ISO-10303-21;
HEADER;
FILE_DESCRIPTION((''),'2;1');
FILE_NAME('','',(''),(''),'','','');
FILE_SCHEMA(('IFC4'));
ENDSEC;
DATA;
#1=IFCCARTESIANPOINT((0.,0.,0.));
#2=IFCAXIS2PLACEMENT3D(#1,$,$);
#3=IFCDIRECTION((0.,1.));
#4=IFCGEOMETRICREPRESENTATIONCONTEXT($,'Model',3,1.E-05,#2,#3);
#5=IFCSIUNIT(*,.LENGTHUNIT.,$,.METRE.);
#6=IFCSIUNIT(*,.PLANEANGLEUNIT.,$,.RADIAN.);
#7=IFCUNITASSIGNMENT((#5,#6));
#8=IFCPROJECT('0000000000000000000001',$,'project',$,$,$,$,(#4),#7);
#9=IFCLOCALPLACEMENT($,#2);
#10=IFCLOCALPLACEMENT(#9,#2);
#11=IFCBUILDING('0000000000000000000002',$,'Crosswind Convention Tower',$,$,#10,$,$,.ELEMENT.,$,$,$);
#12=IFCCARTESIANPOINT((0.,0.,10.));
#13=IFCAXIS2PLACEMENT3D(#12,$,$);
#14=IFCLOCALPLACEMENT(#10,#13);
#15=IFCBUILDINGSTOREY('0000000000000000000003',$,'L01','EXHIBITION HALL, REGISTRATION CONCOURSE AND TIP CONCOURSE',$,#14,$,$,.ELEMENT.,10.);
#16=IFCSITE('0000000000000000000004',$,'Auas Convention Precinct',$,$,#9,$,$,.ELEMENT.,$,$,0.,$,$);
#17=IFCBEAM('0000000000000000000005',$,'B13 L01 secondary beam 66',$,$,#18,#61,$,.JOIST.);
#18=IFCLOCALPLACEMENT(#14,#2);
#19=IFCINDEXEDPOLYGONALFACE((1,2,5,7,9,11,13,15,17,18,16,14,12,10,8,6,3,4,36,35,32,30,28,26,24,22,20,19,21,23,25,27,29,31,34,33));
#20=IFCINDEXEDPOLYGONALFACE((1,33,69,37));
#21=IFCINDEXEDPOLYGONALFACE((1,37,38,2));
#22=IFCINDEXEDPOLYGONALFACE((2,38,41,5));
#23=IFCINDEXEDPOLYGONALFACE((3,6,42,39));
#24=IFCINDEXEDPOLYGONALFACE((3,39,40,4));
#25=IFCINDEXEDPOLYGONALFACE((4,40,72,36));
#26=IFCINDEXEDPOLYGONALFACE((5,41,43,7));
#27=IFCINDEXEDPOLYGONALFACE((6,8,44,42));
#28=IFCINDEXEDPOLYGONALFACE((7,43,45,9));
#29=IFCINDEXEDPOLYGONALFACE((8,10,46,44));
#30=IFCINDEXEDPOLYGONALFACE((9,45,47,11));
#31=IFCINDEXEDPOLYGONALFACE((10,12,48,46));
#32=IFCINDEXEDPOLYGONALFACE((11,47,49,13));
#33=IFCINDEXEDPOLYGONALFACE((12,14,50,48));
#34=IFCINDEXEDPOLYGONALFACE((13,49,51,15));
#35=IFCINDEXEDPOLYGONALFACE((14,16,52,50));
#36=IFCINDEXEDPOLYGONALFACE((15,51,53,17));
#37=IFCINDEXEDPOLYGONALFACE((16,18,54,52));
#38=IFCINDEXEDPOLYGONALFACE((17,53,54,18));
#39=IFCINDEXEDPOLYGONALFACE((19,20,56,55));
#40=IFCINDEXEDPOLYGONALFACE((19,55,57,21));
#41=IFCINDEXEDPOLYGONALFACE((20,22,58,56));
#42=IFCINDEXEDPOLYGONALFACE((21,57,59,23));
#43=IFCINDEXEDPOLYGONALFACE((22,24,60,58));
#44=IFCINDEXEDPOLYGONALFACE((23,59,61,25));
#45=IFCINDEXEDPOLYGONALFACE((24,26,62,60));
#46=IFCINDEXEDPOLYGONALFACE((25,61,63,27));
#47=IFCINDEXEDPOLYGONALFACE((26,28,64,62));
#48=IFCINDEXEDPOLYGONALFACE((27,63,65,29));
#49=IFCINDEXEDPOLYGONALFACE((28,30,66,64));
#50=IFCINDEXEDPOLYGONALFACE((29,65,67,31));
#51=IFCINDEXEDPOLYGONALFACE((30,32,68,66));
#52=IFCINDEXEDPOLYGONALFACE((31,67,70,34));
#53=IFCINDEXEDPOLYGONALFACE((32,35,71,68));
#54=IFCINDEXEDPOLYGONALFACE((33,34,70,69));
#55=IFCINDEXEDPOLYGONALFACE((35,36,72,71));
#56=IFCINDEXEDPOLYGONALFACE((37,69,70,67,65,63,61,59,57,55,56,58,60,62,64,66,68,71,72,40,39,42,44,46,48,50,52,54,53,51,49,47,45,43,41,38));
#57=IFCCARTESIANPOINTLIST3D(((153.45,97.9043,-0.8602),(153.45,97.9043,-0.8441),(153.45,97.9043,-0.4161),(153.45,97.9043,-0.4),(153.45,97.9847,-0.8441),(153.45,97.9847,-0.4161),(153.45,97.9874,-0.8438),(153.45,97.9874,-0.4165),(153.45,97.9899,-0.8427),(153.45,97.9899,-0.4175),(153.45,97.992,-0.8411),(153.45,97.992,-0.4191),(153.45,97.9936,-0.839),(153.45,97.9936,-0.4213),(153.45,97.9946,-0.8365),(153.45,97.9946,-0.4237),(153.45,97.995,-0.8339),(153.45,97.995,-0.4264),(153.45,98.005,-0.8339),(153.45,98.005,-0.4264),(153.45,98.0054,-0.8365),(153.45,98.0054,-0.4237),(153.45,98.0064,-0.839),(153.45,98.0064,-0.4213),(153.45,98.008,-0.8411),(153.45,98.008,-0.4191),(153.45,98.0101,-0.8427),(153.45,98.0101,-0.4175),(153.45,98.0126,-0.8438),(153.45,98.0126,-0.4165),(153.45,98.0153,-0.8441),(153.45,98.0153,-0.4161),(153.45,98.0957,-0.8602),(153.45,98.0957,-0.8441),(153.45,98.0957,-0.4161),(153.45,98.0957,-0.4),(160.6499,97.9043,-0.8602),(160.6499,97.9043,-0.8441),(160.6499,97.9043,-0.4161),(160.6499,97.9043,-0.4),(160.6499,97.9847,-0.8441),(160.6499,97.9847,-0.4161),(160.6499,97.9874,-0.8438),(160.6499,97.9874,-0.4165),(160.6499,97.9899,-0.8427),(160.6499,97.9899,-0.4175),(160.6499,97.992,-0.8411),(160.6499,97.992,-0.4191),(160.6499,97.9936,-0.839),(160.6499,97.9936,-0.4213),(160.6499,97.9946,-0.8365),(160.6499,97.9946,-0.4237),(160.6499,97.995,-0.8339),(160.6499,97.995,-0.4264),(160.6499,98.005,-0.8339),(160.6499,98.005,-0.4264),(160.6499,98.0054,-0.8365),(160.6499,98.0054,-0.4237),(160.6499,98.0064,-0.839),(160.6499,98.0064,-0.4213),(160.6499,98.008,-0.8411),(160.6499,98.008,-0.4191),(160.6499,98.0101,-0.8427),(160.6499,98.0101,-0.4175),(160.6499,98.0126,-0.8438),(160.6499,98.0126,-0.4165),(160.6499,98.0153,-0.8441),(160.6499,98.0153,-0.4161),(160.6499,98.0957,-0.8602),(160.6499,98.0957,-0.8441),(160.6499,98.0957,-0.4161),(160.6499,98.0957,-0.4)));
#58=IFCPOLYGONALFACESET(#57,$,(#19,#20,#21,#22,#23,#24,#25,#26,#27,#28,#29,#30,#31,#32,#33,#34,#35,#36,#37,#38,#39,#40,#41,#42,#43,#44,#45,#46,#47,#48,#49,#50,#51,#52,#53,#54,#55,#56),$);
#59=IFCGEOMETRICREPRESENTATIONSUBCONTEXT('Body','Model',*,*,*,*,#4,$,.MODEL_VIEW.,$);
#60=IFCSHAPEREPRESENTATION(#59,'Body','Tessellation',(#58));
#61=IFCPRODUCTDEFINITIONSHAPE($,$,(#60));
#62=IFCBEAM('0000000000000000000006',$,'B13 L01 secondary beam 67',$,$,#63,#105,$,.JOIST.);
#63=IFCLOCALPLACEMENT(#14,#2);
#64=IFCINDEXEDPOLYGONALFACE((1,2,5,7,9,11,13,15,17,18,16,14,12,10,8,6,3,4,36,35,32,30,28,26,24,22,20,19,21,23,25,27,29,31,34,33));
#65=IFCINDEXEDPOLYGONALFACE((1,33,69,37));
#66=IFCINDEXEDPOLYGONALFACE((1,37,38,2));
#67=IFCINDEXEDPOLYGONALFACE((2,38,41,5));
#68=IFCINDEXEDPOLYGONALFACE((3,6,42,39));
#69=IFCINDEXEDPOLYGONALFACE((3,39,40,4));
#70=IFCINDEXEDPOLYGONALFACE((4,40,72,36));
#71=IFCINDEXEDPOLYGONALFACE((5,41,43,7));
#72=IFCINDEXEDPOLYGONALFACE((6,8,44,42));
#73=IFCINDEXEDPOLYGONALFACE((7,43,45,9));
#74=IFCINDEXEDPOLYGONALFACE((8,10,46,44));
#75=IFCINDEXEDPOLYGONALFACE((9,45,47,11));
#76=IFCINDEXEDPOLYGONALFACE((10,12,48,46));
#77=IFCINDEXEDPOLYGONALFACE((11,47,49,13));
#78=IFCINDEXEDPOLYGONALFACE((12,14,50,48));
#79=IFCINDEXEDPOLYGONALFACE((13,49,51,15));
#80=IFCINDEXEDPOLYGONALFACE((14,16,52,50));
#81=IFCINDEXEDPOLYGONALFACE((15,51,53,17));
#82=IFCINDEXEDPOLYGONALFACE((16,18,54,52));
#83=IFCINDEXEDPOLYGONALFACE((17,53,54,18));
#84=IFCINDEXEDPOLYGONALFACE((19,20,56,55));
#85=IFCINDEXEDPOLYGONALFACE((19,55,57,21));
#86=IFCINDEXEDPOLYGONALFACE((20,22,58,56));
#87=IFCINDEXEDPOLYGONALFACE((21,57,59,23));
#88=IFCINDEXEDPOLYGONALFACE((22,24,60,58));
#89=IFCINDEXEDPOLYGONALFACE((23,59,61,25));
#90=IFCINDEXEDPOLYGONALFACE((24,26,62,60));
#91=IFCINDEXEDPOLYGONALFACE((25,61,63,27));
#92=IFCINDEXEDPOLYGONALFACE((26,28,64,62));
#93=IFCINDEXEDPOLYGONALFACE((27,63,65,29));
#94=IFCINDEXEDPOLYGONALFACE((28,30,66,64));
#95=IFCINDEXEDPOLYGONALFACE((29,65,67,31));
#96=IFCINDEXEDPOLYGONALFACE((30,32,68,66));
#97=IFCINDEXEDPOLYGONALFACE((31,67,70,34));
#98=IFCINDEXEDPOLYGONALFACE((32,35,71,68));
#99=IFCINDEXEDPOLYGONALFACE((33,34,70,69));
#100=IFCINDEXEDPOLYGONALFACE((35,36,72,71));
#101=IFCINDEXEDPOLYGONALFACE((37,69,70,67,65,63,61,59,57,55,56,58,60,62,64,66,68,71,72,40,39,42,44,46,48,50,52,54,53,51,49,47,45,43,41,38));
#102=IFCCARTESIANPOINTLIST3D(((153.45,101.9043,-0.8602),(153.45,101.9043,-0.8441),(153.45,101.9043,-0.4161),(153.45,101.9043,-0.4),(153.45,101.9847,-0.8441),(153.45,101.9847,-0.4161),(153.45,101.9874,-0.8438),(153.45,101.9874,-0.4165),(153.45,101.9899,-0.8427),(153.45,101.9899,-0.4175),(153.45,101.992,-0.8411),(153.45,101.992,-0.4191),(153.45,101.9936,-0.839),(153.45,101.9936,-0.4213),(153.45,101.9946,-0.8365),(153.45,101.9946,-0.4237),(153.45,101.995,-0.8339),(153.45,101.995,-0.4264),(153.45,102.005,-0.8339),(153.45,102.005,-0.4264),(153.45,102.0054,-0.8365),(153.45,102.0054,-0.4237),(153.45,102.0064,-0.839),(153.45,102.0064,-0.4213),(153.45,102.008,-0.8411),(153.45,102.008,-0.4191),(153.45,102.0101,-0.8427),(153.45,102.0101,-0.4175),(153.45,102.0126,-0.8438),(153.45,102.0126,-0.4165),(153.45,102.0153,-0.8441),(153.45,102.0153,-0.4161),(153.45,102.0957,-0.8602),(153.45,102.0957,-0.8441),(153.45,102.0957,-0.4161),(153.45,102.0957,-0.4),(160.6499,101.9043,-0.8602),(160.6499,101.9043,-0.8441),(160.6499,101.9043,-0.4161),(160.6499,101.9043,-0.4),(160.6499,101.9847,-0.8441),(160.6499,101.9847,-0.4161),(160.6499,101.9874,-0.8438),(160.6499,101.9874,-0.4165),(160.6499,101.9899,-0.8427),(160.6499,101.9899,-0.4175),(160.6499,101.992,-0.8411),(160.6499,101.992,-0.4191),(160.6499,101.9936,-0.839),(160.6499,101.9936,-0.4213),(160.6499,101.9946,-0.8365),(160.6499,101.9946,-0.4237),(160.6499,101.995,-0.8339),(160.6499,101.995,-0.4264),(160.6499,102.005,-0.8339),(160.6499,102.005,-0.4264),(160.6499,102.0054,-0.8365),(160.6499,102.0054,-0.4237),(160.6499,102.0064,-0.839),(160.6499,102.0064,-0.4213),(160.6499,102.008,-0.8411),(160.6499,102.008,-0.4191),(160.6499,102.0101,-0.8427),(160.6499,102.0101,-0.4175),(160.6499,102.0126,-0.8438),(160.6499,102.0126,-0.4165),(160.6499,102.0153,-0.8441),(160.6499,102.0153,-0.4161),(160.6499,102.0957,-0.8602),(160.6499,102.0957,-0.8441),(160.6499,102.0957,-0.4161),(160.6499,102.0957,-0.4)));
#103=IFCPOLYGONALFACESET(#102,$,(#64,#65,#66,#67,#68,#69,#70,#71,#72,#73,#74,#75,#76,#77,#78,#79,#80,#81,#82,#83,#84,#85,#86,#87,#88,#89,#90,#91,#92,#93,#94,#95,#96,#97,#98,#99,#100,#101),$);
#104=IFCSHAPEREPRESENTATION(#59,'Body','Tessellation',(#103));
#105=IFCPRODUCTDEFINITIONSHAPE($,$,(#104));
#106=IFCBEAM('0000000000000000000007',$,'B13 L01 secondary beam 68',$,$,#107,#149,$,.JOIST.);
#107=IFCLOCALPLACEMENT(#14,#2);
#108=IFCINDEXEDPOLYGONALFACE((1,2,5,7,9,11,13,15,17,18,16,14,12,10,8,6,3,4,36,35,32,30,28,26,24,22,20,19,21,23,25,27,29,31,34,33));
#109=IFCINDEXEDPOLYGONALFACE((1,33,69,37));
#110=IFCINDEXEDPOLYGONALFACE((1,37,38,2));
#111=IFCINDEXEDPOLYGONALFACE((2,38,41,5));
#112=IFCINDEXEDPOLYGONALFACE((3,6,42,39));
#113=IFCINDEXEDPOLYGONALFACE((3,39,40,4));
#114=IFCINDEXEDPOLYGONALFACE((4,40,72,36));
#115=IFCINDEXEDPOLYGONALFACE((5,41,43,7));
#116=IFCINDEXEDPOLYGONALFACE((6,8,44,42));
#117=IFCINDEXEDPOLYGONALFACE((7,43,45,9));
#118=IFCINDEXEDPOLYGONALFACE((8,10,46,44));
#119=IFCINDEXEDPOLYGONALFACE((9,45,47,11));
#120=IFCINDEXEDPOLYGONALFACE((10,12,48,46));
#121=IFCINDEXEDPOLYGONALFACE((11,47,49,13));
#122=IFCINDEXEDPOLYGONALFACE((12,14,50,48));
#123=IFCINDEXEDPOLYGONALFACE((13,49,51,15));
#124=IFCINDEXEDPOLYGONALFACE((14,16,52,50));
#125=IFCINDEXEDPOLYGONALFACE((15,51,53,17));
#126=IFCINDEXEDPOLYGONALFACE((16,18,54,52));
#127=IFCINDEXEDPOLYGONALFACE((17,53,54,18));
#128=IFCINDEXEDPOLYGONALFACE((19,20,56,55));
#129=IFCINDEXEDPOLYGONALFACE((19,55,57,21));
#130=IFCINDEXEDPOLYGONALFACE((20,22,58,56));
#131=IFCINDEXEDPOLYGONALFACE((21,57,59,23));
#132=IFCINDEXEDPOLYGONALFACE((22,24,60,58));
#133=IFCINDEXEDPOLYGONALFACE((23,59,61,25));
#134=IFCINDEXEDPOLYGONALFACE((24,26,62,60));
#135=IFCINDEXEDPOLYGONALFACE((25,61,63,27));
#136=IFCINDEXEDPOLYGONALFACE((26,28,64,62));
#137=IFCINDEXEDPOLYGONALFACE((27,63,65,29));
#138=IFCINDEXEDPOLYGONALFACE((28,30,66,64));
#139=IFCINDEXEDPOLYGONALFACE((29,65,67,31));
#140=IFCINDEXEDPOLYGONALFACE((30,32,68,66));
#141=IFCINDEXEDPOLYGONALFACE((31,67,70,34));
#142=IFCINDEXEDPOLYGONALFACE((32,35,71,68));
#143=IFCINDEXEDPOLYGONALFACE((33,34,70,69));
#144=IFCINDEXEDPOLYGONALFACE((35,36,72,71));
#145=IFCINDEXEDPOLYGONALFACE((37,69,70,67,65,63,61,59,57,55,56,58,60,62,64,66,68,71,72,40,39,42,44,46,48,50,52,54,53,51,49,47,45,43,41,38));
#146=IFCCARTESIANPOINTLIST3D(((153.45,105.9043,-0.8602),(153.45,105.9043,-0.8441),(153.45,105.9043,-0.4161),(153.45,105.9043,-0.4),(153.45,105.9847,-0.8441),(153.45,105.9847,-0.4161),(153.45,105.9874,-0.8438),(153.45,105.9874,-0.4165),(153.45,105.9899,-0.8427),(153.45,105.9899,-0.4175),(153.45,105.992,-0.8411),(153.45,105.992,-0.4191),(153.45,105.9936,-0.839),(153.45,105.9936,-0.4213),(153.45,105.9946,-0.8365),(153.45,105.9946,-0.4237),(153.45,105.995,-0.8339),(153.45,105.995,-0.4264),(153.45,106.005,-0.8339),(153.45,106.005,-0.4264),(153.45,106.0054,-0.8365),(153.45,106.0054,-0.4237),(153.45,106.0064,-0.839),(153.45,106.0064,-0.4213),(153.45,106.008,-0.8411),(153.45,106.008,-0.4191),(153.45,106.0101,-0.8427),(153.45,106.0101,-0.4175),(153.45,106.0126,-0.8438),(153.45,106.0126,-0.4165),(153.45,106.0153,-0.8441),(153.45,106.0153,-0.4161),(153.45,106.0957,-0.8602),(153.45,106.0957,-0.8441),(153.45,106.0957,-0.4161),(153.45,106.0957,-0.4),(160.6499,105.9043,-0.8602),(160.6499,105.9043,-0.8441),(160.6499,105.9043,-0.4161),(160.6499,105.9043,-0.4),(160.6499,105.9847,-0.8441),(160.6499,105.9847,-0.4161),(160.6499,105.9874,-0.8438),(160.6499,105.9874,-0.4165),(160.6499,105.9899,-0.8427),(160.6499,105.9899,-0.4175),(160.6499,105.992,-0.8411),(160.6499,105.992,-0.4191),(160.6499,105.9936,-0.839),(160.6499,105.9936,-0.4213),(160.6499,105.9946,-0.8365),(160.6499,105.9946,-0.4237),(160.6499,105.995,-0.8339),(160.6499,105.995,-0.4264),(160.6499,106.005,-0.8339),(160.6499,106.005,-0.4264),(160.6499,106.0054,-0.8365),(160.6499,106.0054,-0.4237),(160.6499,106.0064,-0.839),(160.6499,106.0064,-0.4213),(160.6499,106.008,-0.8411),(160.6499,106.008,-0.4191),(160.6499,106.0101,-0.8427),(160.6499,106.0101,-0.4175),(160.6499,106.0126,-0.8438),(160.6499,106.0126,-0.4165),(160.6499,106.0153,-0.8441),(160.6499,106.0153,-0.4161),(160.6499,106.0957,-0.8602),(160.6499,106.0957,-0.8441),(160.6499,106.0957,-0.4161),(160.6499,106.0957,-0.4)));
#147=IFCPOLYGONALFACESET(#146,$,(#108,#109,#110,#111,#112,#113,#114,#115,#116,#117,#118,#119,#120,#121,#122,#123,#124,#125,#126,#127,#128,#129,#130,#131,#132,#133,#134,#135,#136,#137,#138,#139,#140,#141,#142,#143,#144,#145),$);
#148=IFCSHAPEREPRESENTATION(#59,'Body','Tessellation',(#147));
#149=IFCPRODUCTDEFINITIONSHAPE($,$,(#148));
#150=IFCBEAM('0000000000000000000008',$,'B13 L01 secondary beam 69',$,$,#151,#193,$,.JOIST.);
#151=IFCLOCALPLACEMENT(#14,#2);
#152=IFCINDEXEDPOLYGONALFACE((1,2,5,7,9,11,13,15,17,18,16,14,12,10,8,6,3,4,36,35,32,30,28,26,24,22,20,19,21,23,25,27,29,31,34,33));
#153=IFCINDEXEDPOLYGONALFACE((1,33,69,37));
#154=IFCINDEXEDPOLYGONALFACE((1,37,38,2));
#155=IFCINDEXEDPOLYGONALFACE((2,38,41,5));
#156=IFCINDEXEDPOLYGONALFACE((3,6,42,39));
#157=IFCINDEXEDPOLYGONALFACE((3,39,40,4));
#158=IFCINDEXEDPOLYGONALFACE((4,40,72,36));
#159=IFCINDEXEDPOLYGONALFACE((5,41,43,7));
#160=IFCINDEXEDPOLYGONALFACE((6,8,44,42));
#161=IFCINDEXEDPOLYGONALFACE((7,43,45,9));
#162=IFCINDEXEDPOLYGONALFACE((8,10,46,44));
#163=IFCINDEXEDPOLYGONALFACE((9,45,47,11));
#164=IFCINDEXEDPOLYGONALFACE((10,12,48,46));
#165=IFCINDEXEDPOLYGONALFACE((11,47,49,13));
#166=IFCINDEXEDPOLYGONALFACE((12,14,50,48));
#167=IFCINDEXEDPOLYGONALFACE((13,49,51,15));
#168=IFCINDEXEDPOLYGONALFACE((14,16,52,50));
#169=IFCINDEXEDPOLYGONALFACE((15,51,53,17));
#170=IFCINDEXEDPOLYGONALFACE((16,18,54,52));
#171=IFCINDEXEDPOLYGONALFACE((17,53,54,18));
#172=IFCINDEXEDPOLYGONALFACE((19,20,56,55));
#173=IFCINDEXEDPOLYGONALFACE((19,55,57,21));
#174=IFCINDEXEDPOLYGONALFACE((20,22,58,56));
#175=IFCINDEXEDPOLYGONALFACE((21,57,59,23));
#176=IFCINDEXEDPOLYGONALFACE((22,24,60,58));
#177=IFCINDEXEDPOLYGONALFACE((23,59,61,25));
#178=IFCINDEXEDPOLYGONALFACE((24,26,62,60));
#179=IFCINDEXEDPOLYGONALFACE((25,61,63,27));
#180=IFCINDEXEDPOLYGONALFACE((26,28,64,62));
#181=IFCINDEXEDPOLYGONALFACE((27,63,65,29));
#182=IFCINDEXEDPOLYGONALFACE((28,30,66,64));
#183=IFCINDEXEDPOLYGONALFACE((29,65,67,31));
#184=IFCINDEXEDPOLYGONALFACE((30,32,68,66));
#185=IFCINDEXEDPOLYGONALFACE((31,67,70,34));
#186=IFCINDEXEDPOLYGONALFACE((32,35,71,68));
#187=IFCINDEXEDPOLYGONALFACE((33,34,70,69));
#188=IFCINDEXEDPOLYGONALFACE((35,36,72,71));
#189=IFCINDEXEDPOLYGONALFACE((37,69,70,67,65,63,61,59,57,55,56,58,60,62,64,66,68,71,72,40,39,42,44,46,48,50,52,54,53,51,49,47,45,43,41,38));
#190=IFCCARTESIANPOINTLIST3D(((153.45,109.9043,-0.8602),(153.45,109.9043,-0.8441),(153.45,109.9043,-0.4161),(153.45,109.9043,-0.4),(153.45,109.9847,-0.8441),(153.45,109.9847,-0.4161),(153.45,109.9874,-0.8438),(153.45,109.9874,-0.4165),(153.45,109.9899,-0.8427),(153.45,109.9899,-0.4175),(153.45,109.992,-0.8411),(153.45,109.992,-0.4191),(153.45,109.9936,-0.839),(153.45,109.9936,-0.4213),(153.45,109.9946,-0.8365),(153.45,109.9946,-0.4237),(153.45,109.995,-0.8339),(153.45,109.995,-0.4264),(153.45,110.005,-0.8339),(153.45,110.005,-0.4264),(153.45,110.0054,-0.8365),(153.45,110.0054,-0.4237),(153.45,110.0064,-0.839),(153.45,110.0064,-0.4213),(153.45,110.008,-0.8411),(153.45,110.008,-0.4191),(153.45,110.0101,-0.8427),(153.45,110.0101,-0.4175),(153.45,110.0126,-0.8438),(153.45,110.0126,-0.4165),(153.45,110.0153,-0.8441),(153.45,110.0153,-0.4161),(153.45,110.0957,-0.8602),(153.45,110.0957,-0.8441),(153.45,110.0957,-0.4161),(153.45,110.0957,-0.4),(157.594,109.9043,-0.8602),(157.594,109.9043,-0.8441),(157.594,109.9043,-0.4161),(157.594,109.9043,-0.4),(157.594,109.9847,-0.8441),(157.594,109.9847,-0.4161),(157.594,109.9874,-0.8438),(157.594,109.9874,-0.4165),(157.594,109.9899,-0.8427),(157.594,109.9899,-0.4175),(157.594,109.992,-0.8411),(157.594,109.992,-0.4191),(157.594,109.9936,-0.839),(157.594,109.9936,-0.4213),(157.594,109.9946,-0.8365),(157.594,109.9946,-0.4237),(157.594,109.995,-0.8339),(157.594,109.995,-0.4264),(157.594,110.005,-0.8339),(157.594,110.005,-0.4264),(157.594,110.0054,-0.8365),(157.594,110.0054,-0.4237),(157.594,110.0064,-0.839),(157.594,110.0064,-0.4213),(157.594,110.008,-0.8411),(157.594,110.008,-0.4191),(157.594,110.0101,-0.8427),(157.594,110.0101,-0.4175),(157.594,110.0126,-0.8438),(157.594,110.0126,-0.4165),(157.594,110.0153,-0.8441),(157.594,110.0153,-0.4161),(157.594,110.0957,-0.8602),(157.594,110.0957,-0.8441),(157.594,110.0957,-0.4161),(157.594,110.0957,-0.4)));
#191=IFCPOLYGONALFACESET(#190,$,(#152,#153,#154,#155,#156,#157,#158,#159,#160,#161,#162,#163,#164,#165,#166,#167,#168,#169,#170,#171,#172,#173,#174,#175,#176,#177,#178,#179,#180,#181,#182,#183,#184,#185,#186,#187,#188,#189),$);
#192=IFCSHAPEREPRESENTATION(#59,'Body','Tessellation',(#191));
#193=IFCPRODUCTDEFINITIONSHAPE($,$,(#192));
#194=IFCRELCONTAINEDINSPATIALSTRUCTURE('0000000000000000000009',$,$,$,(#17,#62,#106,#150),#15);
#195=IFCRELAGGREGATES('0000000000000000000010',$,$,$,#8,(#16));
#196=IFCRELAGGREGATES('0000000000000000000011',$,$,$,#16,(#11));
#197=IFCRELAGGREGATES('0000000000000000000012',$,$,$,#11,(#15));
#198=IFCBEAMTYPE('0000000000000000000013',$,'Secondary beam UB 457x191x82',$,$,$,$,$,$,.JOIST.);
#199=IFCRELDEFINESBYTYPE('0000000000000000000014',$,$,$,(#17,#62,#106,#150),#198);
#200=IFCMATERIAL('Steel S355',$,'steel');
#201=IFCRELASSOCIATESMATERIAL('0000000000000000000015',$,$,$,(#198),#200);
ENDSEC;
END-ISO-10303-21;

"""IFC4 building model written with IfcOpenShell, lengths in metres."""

from ifc_helpers import new_model, si_unit, direction, frame, origin, origin_2d, place, context, subcontext, project, spatial, i_section, extrude, material, material_profile, profile_set, type_object, element, save


model = new_model("IFC4")

# Units and contexts
model_context = context("Model", 3, precision=1e-05, world=origin(), true_north=direction((0.0, 1.0)))
body_context = subcontext(model_context, "Body", "Model", "MODEL_VIEW")
ifc_project = project(units=[si_unit("LENGTHUNIT", "METRE"), si_unit("PLANEANGLEUNIT", "RADIAN")], contexts=[model_context])

# Site, building, storey
site_placement = place(None, origin())
site = spatial("IfcSite", under=ifc_project, at=site_placement, Name="Auas Convention Precinct", CompositionType="ELEMENT", RefElevation=0.0)
building_placement = place(site_placement, origin())
building = spatial("IfcBuilding", under=site, at=building_placement, Name="Crosswind Convention Tower", CompositionType="ELEMENT")
storey_placement = place(building_placement, frame((0.0, 0.0, 10.0)))
storey = spatial("IfcBuildingStorey", under=building, at=storey_placement, Name="L01", Description="EXHIBITION HALL, REGISTRATION CONCOURSE AND TIP CONCOURSE", CompositionType="ELEMENT", Elevation=10.0)

# Beams
ifc_material_1 = material(Name="Steel S355", Category="steel")
ifc_material_profile_1 = material_profile(ifc_material_1, i_section(OverallWidth=0.1914, OverallDepth=0.4602, WebThickness=0.01, FlangeThickness=0.0161, FilletRadius=0.0103, at=origin_2d()), Name="UB 457x191x82")
ifc_profile_set_1 = profile_set([ifc_material_profile_1], Name="Steel S355")
beam_type_1 = type_object("IfcBeamType", Name="Secondary beam UB 457x191x82", PredefinedType="JOIST", material=ifc_profile_set_1)
for number, where, z_axis, x_axis, name in (
    (1, (153.45, 98.0, -0.6301), (1.0, 0.0, 0.0), (0.0, 1.0, 0.0), "B13 L01 secondary beam 66"),
    (2, (153.45, 102.0, -0.6301), (1.0, 0.0, 0.0), (0.0, 1.0, 0.0), "B13 L01 secondary beam 67"),
    (3, (153.45, 106.0, -0.6301), (1.0, 0.0, 0.0), (0.0, 1.0, 0.0), "B13 L01 secondary beam 68"),
):
    element("IfcBeam", number, at=place(storey_placement, frame(where, z_axis=z_axis, x_axis=x_axis)), inside=storey, type_object=beam_type_1, Name=name, PredefinedType="JOIST", context=body_context, shape_type="SweptSolid", body=[
        extrude(i_section(OverallWidth=0.1914, OverallDepth=0.4602, WebThickness=0.01, FlangeThickness=0.0161, FilletRadius=0.0103, at=origin_2d()), origin(), (0.0, 0.0, 1.0), 7.2),
    ])
beam_1_placement = place(storey_placement, frame((153.45, 110.0, -0.6301), z_axis=(1.0, 0.0, 0.0), x_axis=(0.0, 1.0, 0.0)))
element("IfcBeam", 4, at=beam_1_placement, inside=storey, type_object=beam_type_1, Name="B13 L01 secondary beam 69", PredefinedType="JOIST", context=body_context, shape_type="SweptSolid", body=[
    extrude(i_section(OverallWidth=0.1914, OverallDepth=0.4602, WebThickness=0.01, FlangeThickness=0.0161, FilletRadius=0.0103, at=origin_2d()), origin(), (0.0, 0.0, 1.0), 4.144),
])

save(model, "model.ifc")
